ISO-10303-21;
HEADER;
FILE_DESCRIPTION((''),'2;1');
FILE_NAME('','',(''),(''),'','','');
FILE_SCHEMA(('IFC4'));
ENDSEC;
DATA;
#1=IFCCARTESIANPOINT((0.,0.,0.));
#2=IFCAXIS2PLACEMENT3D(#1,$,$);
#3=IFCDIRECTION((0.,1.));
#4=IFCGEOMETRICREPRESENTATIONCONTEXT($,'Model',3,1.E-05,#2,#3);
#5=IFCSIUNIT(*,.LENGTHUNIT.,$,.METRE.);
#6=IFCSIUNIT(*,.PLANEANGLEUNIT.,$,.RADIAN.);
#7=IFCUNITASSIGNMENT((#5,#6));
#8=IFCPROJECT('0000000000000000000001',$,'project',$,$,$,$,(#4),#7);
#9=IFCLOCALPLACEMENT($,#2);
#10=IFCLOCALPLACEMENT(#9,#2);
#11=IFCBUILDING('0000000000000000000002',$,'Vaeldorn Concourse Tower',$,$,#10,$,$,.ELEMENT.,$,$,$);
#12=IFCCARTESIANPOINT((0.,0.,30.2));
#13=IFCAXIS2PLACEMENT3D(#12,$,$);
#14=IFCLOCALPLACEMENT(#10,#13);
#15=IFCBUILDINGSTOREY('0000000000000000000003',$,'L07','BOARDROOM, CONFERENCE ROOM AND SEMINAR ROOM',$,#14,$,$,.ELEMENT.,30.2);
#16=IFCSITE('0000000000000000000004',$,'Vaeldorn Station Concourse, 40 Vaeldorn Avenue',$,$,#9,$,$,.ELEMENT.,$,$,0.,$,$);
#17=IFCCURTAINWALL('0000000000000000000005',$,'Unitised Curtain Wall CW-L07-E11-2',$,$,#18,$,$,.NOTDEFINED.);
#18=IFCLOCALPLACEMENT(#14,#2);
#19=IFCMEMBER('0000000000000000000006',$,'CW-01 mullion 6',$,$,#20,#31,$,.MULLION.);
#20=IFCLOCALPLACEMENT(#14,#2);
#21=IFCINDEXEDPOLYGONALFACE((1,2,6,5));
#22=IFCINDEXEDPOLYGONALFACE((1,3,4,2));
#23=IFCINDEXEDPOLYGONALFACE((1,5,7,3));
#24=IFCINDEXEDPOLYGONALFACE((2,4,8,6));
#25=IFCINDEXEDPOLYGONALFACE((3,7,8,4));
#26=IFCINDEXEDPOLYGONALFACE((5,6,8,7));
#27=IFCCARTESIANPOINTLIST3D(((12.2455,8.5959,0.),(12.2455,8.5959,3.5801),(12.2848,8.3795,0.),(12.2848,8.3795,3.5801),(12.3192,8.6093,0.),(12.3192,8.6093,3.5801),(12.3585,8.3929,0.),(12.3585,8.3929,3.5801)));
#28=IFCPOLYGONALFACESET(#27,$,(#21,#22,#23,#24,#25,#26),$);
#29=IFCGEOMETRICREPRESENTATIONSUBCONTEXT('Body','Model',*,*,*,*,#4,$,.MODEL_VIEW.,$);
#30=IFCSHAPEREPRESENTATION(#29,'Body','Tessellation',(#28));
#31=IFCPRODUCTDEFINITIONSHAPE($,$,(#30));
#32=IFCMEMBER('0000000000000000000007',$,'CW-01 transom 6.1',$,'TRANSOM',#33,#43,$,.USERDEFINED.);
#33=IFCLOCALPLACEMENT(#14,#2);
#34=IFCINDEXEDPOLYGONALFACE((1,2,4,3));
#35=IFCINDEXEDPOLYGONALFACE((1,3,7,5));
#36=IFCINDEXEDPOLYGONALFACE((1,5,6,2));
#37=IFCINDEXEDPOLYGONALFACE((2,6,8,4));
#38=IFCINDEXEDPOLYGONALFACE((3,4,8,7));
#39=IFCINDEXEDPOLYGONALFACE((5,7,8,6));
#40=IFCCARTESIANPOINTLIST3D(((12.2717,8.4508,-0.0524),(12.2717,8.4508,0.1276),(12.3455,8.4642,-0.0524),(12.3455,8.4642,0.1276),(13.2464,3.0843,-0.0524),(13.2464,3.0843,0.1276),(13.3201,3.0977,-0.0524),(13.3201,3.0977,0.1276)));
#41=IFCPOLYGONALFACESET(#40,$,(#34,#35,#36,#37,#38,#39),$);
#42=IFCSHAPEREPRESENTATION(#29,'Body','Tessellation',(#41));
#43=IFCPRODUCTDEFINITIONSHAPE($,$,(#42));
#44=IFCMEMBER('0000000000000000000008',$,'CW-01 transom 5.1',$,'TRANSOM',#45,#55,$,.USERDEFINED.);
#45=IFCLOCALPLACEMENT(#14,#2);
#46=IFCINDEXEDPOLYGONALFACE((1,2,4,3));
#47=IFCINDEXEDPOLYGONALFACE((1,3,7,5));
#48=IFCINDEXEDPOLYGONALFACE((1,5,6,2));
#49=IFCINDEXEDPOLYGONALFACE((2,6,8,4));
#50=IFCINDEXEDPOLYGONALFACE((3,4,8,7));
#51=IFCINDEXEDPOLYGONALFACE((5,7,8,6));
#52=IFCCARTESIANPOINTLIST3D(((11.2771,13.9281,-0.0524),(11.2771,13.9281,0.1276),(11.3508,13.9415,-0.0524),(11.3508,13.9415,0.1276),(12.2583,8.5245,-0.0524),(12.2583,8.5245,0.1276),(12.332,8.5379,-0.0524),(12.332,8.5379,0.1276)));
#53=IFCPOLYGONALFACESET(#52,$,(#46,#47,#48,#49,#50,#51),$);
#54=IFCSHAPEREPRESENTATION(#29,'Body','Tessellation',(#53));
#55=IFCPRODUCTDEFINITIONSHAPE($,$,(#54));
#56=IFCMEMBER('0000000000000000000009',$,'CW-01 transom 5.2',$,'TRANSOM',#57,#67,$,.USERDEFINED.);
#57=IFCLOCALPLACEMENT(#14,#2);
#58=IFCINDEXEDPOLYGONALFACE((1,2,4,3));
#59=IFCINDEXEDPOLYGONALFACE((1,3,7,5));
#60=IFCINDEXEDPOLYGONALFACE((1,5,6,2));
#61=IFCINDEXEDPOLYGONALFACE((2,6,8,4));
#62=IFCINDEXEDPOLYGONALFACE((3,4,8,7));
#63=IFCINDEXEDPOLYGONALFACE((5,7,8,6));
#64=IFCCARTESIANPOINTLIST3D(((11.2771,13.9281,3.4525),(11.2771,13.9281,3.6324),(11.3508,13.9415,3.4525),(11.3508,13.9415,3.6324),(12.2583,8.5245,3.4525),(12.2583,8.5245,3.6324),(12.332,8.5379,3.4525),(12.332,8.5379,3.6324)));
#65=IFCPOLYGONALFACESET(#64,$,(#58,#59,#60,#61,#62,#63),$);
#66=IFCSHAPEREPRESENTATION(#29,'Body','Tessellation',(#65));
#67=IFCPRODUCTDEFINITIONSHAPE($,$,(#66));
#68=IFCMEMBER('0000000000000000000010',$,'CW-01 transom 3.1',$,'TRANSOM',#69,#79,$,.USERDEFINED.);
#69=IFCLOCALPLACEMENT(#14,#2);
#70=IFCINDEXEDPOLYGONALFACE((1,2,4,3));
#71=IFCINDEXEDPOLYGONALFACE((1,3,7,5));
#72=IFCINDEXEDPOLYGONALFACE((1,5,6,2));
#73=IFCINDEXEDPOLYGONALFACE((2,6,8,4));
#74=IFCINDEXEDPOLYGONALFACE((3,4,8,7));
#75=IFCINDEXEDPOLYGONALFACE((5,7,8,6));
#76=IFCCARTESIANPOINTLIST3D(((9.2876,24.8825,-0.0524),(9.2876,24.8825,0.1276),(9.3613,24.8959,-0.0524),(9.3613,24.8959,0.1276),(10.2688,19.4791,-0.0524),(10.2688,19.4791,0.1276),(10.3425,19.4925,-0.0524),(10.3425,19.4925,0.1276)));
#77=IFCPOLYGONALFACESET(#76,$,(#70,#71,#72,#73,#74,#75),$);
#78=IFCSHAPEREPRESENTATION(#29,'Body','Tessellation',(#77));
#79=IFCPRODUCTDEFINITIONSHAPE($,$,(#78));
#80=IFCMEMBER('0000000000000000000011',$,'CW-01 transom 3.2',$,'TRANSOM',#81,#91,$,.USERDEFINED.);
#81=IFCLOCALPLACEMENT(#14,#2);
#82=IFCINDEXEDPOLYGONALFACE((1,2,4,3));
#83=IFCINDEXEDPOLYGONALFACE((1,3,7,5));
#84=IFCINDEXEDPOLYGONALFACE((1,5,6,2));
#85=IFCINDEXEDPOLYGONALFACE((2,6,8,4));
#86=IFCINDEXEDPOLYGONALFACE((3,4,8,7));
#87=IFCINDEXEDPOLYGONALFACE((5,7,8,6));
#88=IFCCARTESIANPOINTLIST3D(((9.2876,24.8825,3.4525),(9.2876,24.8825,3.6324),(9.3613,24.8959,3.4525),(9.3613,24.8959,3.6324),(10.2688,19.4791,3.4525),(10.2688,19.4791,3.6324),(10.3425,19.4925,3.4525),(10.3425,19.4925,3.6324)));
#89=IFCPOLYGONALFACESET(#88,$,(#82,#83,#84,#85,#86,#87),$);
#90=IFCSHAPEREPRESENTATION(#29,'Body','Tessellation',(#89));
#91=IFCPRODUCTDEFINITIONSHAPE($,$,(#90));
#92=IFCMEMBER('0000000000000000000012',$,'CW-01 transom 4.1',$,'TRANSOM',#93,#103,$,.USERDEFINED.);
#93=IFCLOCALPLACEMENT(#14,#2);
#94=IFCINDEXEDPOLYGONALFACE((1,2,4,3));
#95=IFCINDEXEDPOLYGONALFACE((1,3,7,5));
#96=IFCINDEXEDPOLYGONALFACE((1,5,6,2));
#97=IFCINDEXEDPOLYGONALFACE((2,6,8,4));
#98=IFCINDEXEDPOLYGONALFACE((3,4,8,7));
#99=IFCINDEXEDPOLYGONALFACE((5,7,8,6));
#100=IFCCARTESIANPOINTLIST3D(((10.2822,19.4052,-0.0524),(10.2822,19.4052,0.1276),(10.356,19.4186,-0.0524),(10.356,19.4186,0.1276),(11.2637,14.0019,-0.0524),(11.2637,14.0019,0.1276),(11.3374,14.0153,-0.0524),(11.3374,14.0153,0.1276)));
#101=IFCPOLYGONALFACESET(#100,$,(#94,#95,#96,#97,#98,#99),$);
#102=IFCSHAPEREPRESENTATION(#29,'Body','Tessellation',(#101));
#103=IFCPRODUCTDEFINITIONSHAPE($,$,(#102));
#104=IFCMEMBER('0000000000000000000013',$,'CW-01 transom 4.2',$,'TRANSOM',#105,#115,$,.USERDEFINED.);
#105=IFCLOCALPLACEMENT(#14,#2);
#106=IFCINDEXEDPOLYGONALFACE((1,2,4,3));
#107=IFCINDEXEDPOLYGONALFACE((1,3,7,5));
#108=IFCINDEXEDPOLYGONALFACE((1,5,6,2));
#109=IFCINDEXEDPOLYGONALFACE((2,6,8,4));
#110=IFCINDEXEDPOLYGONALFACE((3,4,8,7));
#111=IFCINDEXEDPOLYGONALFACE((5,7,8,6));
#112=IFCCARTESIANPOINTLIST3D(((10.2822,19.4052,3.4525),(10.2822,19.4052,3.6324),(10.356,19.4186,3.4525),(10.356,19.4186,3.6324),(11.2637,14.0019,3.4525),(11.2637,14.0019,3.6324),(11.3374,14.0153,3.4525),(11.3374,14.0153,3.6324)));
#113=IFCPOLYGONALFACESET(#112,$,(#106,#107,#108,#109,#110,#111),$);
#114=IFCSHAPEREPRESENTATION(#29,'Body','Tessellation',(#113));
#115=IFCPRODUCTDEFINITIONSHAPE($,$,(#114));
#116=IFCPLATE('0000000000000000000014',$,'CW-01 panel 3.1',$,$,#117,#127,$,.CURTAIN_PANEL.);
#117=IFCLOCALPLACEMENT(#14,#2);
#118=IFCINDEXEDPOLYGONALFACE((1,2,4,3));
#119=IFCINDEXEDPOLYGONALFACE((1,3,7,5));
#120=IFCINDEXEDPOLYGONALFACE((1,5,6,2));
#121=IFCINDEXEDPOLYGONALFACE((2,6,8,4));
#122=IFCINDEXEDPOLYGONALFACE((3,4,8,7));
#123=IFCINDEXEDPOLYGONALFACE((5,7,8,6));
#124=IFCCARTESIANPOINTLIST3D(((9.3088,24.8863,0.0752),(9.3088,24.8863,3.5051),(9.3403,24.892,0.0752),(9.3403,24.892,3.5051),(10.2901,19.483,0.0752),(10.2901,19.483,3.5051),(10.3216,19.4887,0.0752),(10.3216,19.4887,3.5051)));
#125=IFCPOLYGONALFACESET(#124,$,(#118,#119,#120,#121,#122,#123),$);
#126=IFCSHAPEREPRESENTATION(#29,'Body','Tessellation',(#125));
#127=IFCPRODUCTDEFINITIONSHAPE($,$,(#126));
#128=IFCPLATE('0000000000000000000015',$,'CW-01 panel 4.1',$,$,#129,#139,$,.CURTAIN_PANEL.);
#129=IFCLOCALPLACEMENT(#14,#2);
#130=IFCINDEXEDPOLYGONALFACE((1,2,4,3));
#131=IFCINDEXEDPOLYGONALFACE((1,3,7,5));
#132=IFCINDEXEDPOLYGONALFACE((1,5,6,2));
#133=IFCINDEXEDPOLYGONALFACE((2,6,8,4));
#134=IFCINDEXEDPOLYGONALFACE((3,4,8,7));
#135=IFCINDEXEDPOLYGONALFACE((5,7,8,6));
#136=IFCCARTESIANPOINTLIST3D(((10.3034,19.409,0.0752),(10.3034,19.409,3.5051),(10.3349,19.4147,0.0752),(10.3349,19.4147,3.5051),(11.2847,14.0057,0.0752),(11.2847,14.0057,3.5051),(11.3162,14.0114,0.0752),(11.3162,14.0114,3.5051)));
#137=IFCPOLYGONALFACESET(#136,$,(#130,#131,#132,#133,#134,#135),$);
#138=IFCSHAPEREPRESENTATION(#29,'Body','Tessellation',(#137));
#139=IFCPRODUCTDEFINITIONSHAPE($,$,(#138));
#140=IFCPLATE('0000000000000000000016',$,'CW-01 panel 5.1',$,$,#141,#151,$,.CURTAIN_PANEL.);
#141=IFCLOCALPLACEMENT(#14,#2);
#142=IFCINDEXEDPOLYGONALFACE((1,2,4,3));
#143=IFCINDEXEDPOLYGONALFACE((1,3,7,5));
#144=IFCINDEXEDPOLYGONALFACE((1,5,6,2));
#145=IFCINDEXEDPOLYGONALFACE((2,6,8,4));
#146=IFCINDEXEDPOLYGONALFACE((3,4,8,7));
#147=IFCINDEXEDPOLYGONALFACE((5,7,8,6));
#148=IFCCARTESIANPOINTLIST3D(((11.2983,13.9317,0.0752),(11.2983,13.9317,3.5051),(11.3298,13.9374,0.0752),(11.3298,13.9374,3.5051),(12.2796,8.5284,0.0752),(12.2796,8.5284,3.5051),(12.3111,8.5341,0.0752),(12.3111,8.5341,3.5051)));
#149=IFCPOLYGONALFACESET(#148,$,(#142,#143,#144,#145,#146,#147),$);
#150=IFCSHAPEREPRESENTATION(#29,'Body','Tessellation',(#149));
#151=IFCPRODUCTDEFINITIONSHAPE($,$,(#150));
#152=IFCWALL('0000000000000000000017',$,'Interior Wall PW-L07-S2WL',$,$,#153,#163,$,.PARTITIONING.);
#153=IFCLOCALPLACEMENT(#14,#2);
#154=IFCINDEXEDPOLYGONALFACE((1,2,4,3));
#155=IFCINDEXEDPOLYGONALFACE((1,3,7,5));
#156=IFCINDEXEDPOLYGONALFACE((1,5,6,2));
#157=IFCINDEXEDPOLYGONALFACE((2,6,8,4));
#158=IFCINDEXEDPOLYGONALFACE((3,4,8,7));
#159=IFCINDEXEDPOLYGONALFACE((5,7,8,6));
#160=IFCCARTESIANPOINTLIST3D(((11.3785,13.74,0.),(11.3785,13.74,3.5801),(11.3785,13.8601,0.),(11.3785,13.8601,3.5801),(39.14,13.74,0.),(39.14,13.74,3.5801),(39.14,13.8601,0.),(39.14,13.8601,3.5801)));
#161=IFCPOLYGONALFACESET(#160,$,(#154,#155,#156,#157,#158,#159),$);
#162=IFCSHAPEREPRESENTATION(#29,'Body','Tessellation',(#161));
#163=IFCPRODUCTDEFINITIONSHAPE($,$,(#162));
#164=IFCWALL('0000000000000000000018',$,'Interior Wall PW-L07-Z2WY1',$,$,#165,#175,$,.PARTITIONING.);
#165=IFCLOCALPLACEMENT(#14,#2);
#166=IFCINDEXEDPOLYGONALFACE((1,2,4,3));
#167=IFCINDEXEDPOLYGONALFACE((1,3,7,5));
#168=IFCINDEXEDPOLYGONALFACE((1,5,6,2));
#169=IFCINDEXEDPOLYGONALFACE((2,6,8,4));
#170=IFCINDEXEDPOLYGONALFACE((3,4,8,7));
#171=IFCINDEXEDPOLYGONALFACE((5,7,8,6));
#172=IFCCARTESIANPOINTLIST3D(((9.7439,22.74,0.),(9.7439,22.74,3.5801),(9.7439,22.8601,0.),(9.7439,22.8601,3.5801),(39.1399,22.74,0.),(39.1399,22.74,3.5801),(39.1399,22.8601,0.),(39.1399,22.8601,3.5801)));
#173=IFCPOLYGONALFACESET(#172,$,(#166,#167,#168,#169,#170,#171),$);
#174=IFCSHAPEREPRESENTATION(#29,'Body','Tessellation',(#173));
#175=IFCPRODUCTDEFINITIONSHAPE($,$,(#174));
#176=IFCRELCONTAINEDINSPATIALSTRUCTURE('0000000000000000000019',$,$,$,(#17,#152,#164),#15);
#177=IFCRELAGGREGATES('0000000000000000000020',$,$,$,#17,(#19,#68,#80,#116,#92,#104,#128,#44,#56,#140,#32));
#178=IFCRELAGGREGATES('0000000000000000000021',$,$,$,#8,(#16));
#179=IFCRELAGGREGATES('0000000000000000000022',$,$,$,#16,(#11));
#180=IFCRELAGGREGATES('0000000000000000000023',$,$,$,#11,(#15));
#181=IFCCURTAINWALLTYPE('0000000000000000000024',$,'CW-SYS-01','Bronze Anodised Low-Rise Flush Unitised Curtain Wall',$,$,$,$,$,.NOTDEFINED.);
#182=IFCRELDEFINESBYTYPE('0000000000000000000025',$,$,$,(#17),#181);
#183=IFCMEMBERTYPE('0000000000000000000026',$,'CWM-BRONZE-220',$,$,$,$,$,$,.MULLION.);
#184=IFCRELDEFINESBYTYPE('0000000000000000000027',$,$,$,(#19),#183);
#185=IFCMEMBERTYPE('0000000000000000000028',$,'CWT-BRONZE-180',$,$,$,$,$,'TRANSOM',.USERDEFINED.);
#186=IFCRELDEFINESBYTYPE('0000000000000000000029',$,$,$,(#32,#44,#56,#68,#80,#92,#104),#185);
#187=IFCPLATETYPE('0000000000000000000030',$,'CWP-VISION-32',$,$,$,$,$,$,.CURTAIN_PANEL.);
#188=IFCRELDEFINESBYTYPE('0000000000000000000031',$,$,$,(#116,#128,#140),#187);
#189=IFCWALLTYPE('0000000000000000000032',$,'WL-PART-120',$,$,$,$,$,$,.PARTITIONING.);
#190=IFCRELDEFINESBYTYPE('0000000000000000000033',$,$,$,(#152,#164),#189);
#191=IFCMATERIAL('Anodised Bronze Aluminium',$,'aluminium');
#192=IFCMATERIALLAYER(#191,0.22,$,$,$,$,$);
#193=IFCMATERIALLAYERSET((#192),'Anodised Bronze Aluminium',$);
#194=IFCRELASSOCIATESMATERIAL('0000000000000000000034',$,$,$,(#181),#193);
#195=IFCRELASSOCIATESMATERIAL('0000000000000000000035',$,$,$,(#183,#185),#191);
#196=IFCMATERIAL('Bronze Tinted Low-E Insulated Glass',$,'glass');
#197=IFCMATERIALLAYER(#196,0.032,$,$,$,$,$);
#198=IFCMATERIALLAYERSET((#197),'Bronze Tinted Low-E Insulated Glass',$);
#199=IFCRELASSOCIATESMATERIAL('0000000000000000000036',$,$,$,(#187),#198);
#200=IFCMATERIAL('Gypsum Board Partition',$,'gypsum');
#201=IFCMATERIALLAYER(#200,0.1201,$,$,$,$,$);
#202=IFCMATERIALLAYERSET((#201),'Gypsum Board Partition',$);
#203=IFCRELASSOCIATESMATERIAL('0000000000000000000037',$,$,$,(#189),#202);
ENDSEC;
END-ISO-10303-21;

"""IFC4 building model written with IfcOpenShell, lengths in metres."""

from ifc_helpers import new_model, si_unit, direction, frame, frame_2d, origin, origin_2d, place, context, subcontext, project, spatial, rectangle, extrude, source, transform, mapped, material, layer, layer_set, material_profile, profile_set, type_object, element, aggregate, save


model = new_model("IFC4")

# Units and contexts
model_context = context("Model", 3, precision=1e-05, world=origin(), true_north=direction((0.0, 1.0)))
body_context = subcontext(model_context, "Body", "Model", "MODEL_VIEW")
ifc_project = project(units=[si_unit("LENGTHUNIT", "METRE"), si_unit("PLANEANGLEUNIT", "RADIAN")], contexts=[model_context])

# Site, building, storey
site_placement = place(None, origin())
site = spatial("IfcSite", under=ifc_project, at=site_placement, Name="Vaeldorn Station Concourse, 40 Vaeldorn Avenue", CompositionType="ELEMENT", RefElevation=0.0)
building_placement = place(site_placement, origin())
building = spatial("IfcBuilding", under=site, at=building_placement, Name="Vaeldorn Concourse Tower", CompositionType="ELEMENT")
storey_placement = place(building_placement, frame((0.0, 0.0, 30.2)))
storey = spatial("IfcBuildingStorey", under=building, at=storey_placement, Name="L07", Description="BOARDROOM, CONFERENCE ROOM AND SEMINAR ROOM", CompositionType="ELEMENT", Elevation=30.2)

# Curtain wall, members, plates
ifc_material_1 = material(Name="Anodised Bronze Aluminium", Category="aluminium")
ifc_layer_1 = layer(ifc_material_1, 0.22)
ifc_layer_set_1 = layer_set([ifc_layer_1], Name="Anodised Bronze Aluminium")
curtain_wall_type = type_object("IfcCurtainWallType", Name="CW-SYS-01", Description="Bronze Anodised Low-Rise Flush Unitised Curtain Wall", PredefinedType="NOTDEFINED", material=ifc_layer_set_1)
curtain_wall_placement = place(storey_placement, origin())
curtain_wall = element("IfcCurtainWall", 1, at=curtain_wall_placement, inside=storey, type_object=curtain_wall_type, Name="Unitised Curtain Wall CW-L07-E11-2", PredefinedType="NOTDEFINED")
ifc_material_profile_1 = material_profile(ifc_material_1, rectangle(XDim=0.075, YDim=0.22, at=origin_2d()), Name="CWM 75x220")
ifc_profile_set_1 = profile_set([ifc_material_profile_1], Name="Anodised Bronze Aluminium")
member_type_1 = type_object("IfcMemberType", Name="CWM-BRONZE-220", PredefinedType="MULLION", material=ifc_profile_set_1)
shared_shape_1 = source(origin(), body_context, "Body", "SweptSolid", [
    extrude(rectangle(XDim=0.075, YDim=0.22, at=origin_2d()), origin(), (0.0, 0.0, 1.0), 3.5801),
])
member_1_placement = place(storey_placement, frame((12.302, 8.4944, 0.0), z_axis=(0.0, 0.0, 1.0), x_axis=(0.983905, 0.178693, 0.0)))
member_1 = element("IfcMember", 2, at=member_1_placement, type_object=member_type_1, Name="CW-01 mullion 6", PredefinedType="MULLION", context=body_context, shape_type="MappedRepresentation", body=[
    mapped(shared_shape_1, transform((0.0, 0.0, 0.0), scale=1.0)),
])
ifc_material_profile_2 = material_profile(ifc_material_1, rectangle(XDim=0.075, YDim=0.1799, at=origin_2d()), Name="CWT 75x180")
ifc_profile_set_2 = profile_set([ifc_material_profile_2], Name="Anodised Bronze Aluminium")
member_type_2 = type_object("IfcMemberType", Name="CWT-BRONZE-180", ElementType="TRANSOM", PredefinedType="USERDEFINED", material=ifc_profile_set_2)
shared_shape_2 = source(origin(), body_context, "Body", "SweptSolid", [
    extrude(rectangle(XDim=0.075, YDim=0.1799, at=origin_2d()), origin(), (0.0, 0.0, 1.0), 5.4543),
])
member_2_placement = place(storey_placement, frame((12.3086, 8.4575, 0.0376), z_axis=(0.178688, -0.983906, 0.0), x_axis=(0.983906, 0.178688, 0.0)))
member_2 = element("IfcMember", 3, at=member_2_placement, type_object=member_type_2, Name="CW-01 transom 6.1", ObjectType="TRANSOM", PredefinedType="USERDEFINED", context=body_context, shape_type="MappedRepresentation", body=[
    mapped(shared_shape_2, transform((0.0, 0.0, 0.0), scale=1.0)),
])
shared_shape_3 = source(origin(), body_context, "Body", "SweptSolid", [
    extrude(rectangle(XDim=0.075, YDim=0.1799, at=origin_2d()), origin(), (0.0, 0.0, 1.0), 5.4919),
])
member_3_placement = place(storey_placement, frame((11.314, 13.9348, 0.0376), z_axis=(0.178662, -0.98391, 0.0), x_axis=(0.98391, 0.178662, 0.0)))
member_3 = element("IfcMember", 4, at=member_3_placement, type_object=member_type_2, Name="CW-01 transom 5.1", ObjectType="TRANSOM", PredefinedType="USERDEFINED", context=body_context, shape_type="MappedRepresentation", body=[
    mapped(shared_shape_3, transform((0.0, 0.0, 0.0), scale=1.0)),
])
member_4_placement = place(storey_placement, frame((11.314, 13.9348, 3.5425), z_axis=(0.178662, -0.98391, 0.0), x_axis=(0.98391, 0.178662, 0.0)))
member_4 = element("IfcMember", 5, at=member_4_placement, type_object=member_type_2, Name="CW-01 transom 5.2", ObjectType="TRANSOM", PredefinedType="USERDEFINED", context=body_context, shape_type="MappedRepresentation", body=[
    mapped(shared_shape_3, transform((0.0, 0.0, 0.0), scale=1.0)),
])
shared_shape_4 = source(origin(), body_context, "Body", "SweptSolid", [
    extrude(rectangle(XDim=0.075, YDim=0.1799, at=origin_2d()), origin(), (0.0, 0.0, 1.0), 5.4917),
])
member_5_placement = place(storey_placement, frame((9.3245, 24.8892, 0.0376), z_axis=(0.17867, -0.983909, 0.0), x_axis=(0.983909, 0.17867, 0.0)))
member_5 = element("IfcMember", 6, at=member_5_placement, type_object=member_type_2, Name="CW-01 transom 3.1", ObjectType="TRANSOM", PredefinedType="USERDEFINED", context=body_context, shape_type="MappedRepresentation", body=[
    mapped(shared_shape_4, transform((0.0, 0.0, 0.0), scale=1.0)),
])
member_6_placement = place(storey_placement, frame((9.3245, 24.8892, 3.5425), z_axis=(0.17867, -0.983909, 0.0), x_axis=(0.983909, 0.17867, 0.0)))
member_6 = element("IfcMember", 7, at=member_6_placement, type_object=member_type_2, Name="CW-01 transom 3.2", ObjectType="TRANSOM", PredefinedType="USERDEFINED", context=body_context, shape_type="MappedRepresentation", body=[
    mapped(shared_shape_4, transform((0.0, 0.0, 0.0), scale=1.0)),
])
member_7_placement = place(storey_placement, frame((10.3191, 19.4119, 0.0376), z_axis=(0.178713, -0.983901, 0.0), x_axis=(0.983901, 0.178713, 0.0)))
member_7 = element("IfcMember", 8, at=member_7_placement, type_object=member_type_2, Name="CW-01 transom 4.1", ObjectType="TRANSOM", PredefinedType="USERDEFINED", context=body_context, shape_type="MappedRepresentation", body=[
    mapped(shared_shape_4, transform((0.0, 0.0, 0.0), scale=1.0)),
])
member_8_placement = place(storey_placement, frame((10.3191, 19.4119, 3.5425), z_axis=(0.178713, -0.983901, 0.0), x_axis=(0.983901, 0.178713, 0.0)))
member_8 = element("IfcMember", 9, at=member_8_placement, type_object=member_type_2, Name="CW-01 transom 4.2", ObjectType="TRANSOM", PredefinedType="USERDEFINED", context=body_context, shape_type="MappedRepresentation", body=[
    mapped(shared_shape_4, transform((0.0, 0.0, 0.0), scale=1.0)),
])
ifc_material_2 = material(Name="Bronze Tinted Low-E Insulated Glass", Category="glass")
ifc_layer_2 = layer(ifc_material_2, 0.032)
ifc_layer_set_2 = layer_set([ifc_layer_2], Name="Bronze Tinted Low-E Insulated Glass")
plate_type = type_object("IfcPlateType", Name="CWP-VISION-32", PredefinedType="CURTAIN_PANEL", material=ifc_layer_set_2)
shared_shape_5 = source(origin(), body_context, "Body", "SweptSolid", [
    extrude(rectangle(XDim=5.4917, YDim=0.032, at=origin_2d()), origin(), (0.0, 0.0, 1.0), 3.4299),
])
plate_1_placement = place(storey_placement, frame((9.8152, 22.1875, 0.0752), z_axis=(0.0, 0.0, 1.0), x_axis=(0.178693, -0.983905, 0.0)))
plate_1 = element("IfcPlate", 10, at=plate_1_placement, type_object=plate_type, Name="CW-01 panel 3.1", PredefinedType="CURTAIN_PANEL", context=body_context, shape_type="MappedRepresentation", body=[
    mapped(shared_shape_5, transform((0.0, 0.0, 0.0), scale=1.0)),
])
plate_2_placement = place(storey_placement, frame((10.8098, 16.7102, 0.0752), z_axis=(0.0, 0.0, 1.0), x_axis=(0.178693, -0.983905, 0.0)))
plate_2 = element("IfcPlate", 11, at=plate_2_placement, type_object=plate_type, Name="CW-01 panel 4.1", PredefinedType="CURTAIN_PANEL", context=body_context, shape_type="MappedRepresentation", body=[
    mapped(shared_shape_5, transform((0.0, 0.0, 0.0), scale=1.0)),
])
plate_3_placement = place(storey_placement, frame((11.8047, 11.2329, 0.0752), z_axis=(0.0, 0.0, 1.0), x_axis=(0.178693, -0.983905, 0.0)))
plate_3 = element("IfcPlate", 12, at=plate_3_placement, type_object=plate_type, Name="CW-01 panel 5.1", PredefinedType="CURTAIN_PANEL", context=body_context, shape_type="MappedRepresentation", body=[
    mapped(shared_shape_5, transform((0.0, 0.0, 0.0), scale=1.0)),
])
aggregate(curtain_wall, [member_1, member_5, member_6, plate_1, member_7, member_8, plate_2, member_3, member_4, plate_3, member_2])

# Walls
ifc_material_3 = material(Name="Gypsum Board Partition", Category="gypsum")
ifc_layer_3 = layer(ifc_material_3, 0.1201)
ifc_layer_set_3 = layer_set([ifc_layer_3], Name="Gypsum Board Partition")
wall_type = type_object("IfcWallType", Name="WL-PART-120", PredefinedType="PARTITIONING", material=ifc_layer_set_3)
wall_1_placement = place(storey_placement, frame((11.3784, 13.8, 0.0), z_axis=(0.0, 0.0, 1.0), x_axis=(1.0, 0.0, 0.0)))
element("IfcWall", 13, at=wall_1_placement, inside=storey, type_object=wall_type, Name="Interior Wall PW-L07-S2WL", PredefinedType="PARTITIONING", context=body_context, shape_type="SweptSolid", body=[
    extrude(rectangle(XDim=27.7615, YDim=0.1201, at=frame_2d((13.8809, 0.0))), origin(), (0.0, 0.0, 1.0), 3.5801),
])
wall_2_placement = place(storey_placement, frame((9.7439, 22.8, 0.0), z_axis=(0.0, 0.0, 1.0), x_axis=(1.0, 0.0, 0.0)))
element("IfcWall", 14, at=wall_2_placement, inside=storey, type_object=wall_type, Name="Interior Wall PW-L07-Z2WY1", PredefinedType="PARTITIONING", context=body_context, shape_type="SweptSolid", body=[
    extrude(rectangle(XDim=29.396, YDim=0.1201, at=frame_2d((14.698, 0.0))), origin(), (0.0, 0.0, 1.0), 3.5801),
])

save(model, "model.ifc")
